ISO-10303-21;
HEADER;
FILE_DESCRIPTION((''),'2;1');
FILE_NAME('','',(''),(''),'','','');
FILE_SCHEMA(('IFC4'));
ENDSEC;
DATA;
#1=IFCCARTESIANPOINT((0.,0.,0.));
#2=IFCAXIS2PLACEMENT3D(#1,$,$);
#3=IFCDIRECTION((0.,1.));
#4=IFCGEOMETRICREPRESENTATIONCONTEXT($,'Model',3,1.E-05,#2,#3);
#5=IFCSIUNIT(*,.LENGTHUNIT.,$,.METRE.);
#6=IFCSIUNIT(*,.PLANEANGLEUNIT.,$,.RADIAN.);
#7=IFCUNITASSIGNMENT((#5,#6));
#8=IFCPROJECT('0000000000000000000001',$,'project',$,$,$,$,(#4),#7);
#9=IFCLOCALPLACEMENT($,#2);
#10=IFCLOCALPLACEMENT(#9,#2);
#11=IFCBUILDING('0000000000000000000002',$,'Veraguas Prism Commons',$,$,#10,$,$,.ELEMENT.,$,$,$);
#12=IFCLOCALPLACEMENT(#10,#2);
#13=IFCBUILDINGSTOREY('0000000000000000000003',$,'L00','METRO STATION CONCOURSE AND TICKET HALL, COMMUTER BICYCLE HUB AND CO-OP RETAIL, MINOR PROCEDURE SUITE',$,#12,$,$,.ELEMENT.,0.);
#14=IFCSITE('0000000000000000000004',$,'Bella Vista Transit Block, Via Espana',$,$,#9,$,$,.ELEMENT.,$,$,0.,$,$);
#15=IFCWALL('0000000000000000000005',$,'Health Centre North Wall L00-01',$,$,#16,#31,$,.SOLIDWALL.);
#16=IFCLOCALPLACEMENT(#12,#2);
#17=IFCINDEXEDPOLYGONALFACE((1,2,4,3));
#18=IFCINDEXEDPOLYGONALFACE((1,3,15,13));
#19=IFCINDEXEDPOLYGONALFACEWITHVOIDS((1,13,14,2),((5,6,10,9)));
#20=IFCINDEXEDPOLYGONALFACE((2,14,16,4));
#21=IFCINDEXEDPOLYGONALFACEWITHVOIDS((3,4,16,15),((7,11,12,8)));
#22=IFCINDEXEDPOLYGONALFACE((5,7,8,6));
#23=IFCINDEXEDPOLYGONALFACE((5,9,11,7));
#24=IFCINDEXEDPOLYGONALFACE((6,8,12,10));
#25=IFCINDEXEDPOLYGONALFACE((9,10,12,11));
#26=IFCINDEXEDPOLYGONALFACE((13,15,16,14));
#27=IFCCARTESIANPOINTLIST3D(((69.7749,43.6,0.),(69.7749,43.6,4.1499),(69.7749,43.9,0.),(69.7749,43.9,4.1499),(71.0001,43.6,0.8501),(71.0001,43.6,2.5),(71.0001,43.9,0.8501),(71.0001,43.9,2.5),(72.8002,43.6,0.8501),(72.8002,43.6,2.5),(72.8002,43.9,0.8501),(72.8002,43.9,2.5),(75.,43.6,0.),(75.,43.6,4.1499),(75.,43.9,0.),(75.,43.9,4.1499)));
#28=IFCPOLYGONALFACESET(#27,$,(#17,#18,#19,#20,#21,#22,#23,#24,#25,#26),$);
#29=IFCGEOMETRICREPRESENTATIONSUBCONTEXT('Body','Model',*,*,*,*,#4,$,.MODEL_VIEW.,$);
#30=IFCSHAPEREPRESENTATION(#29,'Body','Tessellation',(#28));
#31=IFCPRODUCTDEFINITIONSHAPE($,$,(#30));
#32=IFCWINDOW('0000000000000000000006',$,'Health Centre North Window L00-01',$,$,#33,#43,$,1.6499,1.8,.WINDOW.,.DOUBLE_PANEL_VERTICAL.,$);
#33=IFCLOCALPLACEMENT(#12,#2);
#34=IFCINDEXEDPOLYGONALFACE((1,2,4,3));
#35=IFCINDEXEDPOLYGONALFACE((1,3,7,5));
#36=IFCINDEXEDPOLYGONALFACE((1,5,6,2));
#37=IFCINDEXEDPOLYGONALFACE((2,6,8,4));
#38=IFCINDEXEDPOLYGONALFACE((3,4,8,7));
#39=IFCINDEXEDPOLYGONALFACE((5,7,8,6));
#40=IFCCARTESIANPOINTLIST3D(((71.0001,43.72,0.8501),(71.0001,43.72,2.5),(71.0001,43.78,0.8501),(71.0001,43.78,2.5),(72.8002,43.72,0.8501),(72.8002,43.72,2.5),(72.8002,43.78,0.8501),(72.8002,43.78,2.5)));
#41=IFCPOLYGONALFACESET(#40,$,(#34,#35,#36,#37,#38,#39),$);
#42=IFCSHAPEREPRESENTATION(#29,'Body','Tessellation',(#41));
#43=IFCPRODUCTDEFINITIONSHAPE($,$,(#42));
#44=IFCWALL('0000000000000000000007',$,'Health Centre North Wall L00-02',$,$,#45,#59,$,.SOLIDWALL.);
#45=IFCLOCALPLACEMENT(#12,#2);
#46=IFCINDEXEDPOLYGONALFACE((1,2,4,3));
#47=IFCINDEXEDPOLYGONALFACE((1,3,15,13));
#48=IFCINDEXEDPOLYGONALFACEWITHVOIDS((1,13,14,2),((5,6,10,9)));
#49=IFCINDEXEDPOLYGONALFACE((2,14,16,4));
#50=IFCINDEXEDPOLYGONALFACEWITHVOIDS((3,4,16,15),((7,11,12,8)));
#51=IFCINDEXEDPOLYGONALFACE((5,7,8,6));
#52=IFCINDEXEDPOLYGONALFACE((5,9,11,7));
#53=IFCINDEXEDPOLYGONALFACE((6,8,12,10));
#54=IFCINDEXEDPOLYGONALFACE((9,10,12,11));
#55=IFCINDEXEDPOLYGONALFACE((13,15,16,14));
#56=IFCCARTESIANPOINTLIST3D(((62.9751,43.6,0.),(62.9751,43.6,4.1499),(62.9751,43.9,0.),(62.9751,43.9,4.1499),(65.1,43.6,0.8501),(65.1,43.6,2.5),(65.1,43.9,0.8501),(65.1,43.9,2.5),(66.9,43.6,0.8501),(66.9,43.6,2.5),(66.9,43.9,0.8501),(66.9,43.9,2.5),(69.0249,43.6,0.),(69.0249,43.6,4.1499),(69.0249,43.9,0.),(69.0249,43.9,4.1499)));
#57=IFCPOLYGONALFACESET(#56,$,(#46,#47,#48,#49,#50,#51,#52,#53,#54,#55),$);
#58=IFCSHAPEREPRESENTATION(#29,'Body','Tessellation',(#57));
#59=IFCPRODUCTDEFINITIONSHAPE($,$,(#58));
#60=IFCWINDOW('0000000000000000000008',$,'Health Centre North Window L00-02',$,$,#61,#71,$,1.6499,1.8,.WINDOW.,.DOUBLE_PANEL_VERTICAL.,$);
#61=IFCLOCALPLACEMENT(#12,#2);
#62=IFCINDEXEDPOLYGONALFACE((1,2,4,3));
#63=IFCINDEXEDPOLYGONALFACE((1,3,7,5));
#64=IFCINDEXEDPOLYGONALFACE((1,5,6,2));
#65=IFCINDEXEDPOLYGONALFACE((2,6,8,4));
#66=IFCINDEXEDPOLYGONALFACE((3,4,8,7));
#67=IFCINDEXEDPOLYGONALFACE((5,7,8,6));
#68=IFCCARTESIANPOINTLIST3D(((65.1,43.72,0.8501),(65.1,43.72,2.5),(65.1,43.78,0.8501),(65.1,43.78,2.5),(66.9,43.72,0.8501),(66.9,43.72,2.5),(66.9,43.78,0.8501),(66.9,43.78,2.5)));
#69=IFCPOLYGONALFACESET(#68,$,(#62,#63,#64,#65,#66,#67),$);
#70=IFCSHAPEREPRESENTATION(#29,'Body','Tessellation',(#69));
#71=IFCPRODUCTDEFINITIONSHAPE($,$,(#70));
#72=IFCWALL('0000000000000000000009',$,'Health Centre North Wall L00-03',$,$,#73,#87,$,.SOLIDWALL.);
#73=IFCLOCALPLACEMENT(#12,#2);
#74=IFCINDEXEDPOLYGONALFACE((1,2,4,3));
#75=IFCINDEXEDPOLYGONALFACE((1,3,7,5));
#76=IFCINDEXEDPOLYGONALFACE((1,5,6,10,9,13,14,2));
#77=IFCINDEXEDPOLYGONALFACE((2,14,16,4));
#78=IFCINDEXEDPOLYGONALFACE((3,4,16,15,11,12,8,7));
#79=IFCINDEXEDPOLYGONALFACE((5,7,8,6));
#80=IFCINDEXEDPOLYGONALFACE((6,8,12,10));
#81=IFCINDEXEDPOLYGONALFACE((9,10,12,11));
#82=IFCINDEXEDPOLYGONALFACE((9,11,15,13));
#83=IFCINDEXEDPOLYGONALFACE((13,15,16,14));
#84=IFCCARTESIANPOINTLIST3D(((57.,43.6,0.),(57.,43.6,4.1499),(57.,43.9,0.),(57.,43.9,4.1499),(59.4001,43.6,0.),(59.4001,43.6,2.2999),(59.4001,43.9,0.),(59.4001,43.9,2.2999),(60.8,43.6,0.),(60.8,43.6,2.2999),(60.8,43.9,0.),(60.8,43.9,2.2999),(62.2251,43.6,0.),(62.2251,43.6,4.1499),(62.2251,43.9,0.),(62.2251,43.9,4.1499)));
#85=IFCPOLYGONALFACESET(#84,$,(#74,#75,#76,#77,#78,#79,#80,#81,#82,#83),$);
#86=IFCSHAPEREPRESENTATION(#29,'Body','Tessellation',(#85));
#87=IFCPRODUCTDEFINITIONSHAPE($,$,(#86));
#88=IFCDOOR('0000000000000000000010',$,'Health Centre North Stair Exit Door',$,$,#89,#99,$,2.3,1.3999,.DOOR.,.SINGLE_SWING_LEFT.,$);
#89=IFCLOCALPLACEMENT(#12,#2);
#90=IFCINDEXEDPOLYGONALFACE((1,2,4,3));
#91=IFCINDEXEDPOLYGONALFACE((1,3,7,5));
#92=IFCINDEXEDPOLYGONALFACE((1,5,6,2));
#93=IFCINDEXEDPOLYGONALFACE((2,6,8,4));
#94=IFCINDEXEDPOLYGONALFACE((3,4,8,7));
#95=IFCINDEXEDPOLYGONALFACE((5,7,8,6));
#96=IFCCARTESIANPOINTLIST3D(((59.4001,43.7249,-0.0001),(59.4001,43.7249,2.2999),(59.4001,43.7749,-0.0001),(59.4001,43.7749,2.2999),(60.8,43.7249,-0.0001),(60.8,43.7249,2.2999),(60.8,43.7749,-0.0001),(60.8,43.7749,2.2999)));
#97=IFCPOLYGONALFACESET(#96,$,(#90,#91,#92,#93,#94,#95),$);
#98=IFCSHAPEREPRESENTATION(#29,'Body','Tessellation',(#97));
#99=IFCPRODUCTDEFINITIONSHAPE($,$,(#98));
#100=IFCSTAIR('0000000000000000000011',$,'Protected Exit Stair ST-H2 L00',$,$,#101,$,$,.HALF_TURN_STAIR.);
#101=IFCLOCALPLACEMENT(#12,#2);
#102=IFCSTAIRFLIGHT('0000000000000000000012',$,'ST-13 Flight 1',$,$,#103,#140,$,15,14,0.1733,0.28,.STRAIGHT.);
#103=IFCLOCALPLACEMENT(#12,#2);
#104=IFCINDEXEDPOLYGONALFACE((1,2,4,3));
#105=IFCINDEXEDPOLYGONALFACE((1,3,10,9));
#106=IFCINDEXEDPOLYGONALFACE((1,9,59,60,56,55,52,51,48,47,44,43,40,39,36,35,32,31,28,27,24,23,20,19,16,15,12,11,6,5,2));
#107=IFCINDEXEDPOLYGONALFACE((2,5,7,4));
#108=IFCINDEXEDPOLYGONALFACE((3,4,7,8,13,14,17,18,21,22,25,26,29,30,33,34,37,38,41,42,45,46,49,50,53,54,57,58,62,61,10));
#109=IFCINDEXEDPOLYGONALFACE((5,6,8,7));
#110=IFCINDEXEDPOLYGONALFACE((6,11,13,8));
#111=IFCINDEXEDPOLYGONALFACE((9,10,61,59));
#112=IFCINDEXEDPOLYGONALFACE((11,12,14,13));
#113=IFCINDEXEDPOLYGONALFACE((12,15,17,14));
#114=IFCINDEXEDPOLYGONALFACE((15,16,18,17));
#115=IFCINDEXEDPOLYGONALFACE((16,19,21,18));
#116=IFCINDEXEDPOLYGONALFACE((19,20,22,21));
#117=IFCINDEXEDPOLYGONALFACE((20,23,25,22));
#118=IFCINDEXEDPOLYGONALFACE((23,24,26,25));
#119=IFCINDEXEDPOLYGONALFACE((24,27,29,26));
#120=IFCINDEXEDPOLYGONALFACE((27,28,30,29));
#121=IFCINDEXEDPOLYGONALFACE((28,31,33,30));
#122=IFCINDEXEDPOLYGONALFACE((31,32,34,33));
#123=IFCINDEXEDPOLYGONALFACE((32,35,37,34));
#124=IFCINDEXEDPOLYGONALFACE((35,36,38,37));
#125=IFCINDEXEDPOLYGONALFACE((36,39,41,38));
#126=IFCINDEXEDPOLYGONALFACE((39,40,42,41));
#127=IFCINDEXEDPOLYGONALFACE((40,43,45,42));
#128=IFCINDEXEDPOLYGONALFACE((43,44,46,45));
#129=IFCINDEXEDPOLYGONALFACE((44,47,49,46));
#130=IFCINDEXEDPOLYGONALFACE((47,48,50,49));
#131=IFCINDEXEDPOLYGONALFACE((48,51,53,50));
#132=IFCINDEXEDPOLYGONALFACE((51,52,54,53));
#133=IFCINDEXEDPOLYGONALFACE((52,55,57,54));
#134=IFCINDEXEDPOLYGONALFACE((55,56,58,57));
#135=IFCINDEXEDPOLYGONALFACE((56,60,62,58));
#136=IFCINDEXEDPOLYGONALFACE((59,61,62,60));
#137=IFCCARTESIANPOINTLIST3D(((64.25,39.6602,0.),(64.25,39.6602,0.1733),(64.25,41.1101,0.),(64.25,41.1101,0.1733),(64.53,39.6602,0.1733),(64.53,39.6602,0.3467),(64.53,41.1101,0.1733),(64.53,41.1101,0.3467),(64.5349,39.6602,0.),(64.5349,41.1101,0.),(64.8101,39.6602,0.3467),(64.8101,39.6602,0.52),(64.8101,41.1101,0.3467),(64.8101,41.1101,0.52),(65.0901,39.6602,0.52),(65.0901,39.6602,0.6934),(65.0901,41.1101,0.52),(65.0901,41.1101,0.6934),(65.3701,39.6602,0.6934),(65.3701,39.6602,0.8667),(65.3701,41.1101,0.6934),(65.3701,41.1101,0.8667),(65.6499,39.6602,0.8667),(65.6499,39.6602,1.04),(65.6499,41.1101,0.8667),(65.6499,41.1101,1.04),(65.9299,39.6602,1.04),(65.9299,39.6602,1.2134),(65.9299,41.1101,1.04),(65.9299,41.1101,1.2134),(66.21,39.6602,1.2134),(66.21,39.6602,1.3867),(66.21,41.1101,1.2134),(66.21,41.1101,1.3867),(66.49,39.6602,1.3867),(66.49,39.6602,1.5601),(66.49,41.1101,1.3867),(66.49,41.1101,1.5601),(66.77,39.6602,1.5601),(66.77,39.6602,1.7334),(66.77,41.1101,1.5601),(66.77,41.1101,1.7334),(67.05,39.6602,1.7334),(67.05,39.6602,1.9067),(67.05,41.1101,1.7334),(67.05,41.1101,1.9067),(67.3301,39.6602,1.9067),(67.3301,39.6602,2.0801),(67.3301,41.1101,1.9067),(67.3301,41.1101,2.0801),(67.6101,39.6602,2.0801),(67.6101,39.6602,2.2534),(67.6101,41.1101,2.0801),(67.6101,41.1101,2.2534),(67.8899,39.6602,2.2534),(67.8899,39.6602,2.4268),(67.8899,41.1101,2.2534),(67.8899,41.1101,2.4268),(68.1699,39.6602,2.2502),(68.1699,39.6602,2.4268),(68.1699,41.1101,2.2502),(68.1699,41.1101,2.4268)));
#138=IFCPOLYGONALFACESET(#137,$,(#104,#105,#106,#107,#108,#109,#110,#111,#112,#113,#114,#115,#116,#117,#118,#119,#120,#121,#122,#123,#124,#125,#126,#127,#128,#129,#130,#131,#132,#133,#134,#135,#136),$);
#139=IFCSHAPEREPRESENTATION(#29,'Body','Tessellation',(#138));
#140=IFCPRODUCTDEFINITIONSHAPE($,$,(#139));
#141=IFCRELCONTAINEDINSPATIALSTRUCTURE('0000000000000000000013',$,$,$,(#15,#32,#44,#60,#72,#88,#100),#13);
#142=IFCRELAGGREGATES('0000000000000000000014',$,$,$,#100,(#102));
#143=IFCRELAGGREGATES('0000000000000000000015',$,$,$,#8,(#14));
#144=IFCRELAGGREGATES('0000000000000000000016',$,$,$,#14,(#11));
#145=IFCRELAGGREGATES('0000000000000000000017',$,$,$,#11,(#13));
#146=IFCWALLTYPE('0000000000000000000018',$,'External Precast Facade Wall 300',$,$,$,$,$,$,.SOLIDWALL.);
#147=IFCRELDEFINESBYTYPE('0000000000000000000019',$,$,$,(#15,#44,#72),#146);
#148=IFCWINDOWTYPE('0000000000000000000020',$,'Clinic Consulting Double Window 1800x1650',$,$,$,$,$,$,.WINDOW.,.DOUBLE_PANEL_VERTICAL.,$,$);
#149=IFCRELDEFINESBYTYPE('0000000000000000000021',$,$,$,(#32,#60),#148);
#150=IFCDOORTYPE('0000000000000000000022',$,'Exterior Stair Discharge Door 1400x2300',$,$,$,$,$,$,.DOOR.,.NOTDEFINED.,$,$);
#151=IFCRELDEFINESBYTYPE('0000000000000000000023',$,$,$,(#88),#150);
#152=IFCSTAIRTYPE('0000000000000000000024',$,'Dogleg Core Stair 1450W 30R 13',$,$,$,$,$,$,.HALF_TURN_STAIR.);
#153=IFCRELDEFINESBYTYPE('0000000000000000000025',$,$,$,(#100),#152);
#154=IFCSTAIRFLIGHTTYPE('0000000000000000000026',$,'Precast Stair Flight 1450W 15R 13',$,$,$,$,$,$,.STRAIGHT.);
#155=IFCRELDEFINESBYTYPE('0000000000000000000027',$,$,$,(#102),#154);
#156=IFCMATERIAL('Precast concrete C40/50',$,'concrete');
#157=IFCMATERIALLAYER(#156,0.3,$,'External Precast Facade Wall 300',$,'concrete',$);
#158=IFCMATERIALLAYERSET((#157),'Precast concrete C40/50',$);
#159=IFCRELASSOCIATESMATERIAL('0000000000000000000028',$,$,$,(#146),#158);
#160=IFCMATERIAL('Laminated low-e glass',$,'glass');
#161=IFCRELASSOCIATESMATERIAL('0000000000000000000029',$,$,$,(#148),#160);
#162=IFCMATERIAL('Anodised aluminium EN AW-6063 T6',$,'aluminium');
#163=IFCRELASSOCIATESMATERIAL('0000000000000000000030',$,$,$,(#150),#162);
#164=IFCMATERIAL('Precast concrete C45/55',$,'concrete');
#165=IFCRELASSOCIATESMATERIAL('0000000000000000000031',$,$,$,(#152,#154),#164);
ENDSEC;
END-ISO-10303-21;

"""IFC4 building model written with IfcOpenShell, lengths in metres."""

from ifc_helpers import new_model, si_unit, direction, frame, frame_2d, origin, place, context, subcontext, project, spatial, polyline, rectangle, outline, extrude, source, transform, mapped, material, layer, layer_set, type_object, element, fill, aggregate, save


model = new_model("IFC4")

# Units and contexts
model_context = context("Model", 3, precision=1e-05, world=origin(), true_north=direction((0.0, 1.0)))
body_context = subcontext(model_context, "Body", "Model", "MODEL_VIEW")
ifc_project = project(units=[si_unit("LENGTHUNIT", "METRE"), si_unit("PLANEANGLEUNIT", "RADIAN")], contexts=[model_context])

# Site, building, storey
site_placement = place(None, origin())
site = spatial("IfcSite", under=ifc_project, at=site_placement, Name="Bella Vista Transit Block, Via Espana", CompositionType="ELEMENT", RefElevation=0.0)
building_placement = place(site_placement, origin())
building = spatial("IfcBuilding", under=site, at=building_placement, Name="Veraguas Prism Commons", CompositionType="ELEMENT")
storey_placement = place(building_placement, origin())
storey = spatial("IfcBuildingStorey", under=building, at=storey_placement, Name="L00", Description="METRO STATION CONCOURSE AND TICKET HALL, COMMUTER BICYCLE HUB AND CO-OP RETAIL, MINOR PROCEDURE SUITE", CompositionType="ELEMENT", Elevation=0.0)

# Walls, openings, windows
ifc_material_1 = material(Name="Precast concrete C40/50", Category="concrete")
ifc_layer_1 = layer(ifc_material_1, 0.3, Name="External Precast Facade Wall 300", Category="concrete")
ifc_layer_set_1 = layer_set([ifc_layer_1], Name="Precast concrete C40/50")
wall_type_1 = type_object("IfcWallType", Name="External Precast Facade Wall 300", PredefinedType="SOLIDWALL", material=ifc_layer_set_1)
wall_1_placement = place(storey_placement, frame((75.0, 43.75, 0.0), z_axis=(0.0, 0.0, 1.0), x_axis=(-1.0, 0.0, 0.0)))
wall_1 = element("IfcWall", 1, at=wall_1_placement, inside=storey, type_object=wall_type_1, Name="Health Centre North Wall L00-01", PredefinedType="SOLIDWALL", context=body_context, shape_type="SweptSolid", body=[
    extrude(rectangle(XDim=5.2251, YDim=0.3, at=frame_2d((2.6125, 0.0))), origin(), (0.0, 0.0, 1.0), 4.1499),
])
opening_1_placement = place(wall_1_placement, frame((2.2, 0.0, 0.8501)))
opening_1 = element("IfcOpeningElement", 2, at=opening_1_placement, cuts=wall_1, PredefinedType="OPENING", context=body_context, shape_type="SweptSolid", body=[
    extrude(rectangle(XDim=1.8, YDim=1.6499, at=frame_2d((0.8999, 0.825))), frame((0.0, 0.1599, 0.0), z_axis=(0.0, -1.0, 0.0), x_axis=(1.0, 0.0, 0.0)), (0.0, 0.0, 1.0), 0.3201),
])
ifc_material_2 = material(Name="Laminated low-e glass", Category="glass")
window_type = type_object("IfcWindowType", Name="Clinic Consulting Double Window 1800x1650", PartitioningType="DOUBLE_PANEL_VERTICAL", PredefinedType="WINDOW", material=ifc_material_2)
shared_shape_1 = source(origin(), body_context, "Body", "SweptSolid", [
    extrude(rectangle(XDim=1.8, YDim=1.6499, at=frame_2d((0.8999, 0.825))), frame((0.0, 0.03, 0.0), z_axis=(0.0, -1.0, 0.0), x_axis=(1.0, 0.0, 0.0)), (0.0, 0.0, 1.0), 0.0601),
])
window_1_placement = place(opening_1_placement, origin())
window_1 = element("IfcWindow", 3, at=window_1_placement, inside=storey, type_object=window_type, Name="Health Centre North Window L00-01", OverallHeight=1.6499, OverallWidth=1.8, PartitioningType="DOUBLE_PANEL_VERTICAL", PredefinedType="WINDOW", context=body_context, shape_type="MappedRepresentation", body=[
    mapped(shared_shape_1, transform((0.0, 0.0, 0.0), scale=1.0)),
])
fill(opening_1, window_1)
wall_2_placement = place(storey_placement, frame((69.0249, 43.75, 0.0), z_axis=(0.0, 0.0, 1.0), x_axis=(-1.0, 0.0, 0.0)))
wall_2 = element("IfcWall", 4, at=wall_2_placement, inside=storey, type_object=wall_type_1, Name="Health Centre North Wall L00-02", PredefinedType="SOLIDWALL", context=body_context, shape_type="SweptSolid", body=[
    extrude(rectangle(XDim=6.0498, YDim=0.3, at=frame_2d((3.0249, 0.0))), origin(), (0.0, 0.0, 1.0), 4.1499),
])
opening_2_placement = place(wall_2_placement, frame((2.125, 0.0, 0.8501)))
opening_2 = element("IfcOpeningElement", 5, at=opening_2_placement, cuts=wall_2, PredefinedType="OPENING", context=body_context, shape_type="SweptSolid", body=[
    extrude(rectangle(XDim=1.8, YDim=1.6499, at=frame_2d((0.8999, 0.825))), frame((0.0, 0.1599, 0.0), z_axis=(0.0, -1.0, 0.0), x_axis=(1.0, 0.0, 0.0)), (0.0, 0.0, 1.0), 0.3201),
])
window_2_placement = place(opening_2_placement, origin())
window_2 = element("IfcWindow", 6, at=window_2_placement, inside=storey, type_object=window_type, Name="Health Centre North Window L00-02", OverallHeight=1.6499, OverallWidth=1.8, PartitioningType="DOUBLE_PANEL_VERTICAL", PredefinedType="WINDOW", context=body_context, shape_type="MappedRepresentation", body=[
    mapped(shared_shape_1, transform((0.0, 0.0, 0.0), scale=1.0)),
])
fill(opening_2, window_2)

# Wall, opening, door
wall_3_placement = place(storey_placement, frame((62.2251, 43.75, 0.0), z_axis=(0.0, 0.0, 1.0), x_axis=(-1.0, 0.0, 0.0)))
wall_3 = element("IfcWall", 7, at=wall_3_placement, inside=storey, type_object=wall_type_1, Name="Health Centre North Wall L00-03", PredefinedType="SOLIDWALL", context=body_context, shape_type="SweptSolid", body=[
    extrude(rectangle(XDim=5.2251, YDim=0.3, at=frame_2d((2.6125, 0.0))), origin(), (0.0, 0.0, 1.0), 4.1499),
])
opening_3_placement = place(wall_3_placement, frame((1.425, 0.0, 0.0)))
opening_3 = element("IfcOpeningElement", 8, at=opening_3_placement, cuts=wall_3, PredefinedType="OPENING", context=body_context, shape_type="SweptSolid", body=[
    extrude(rectangle(XDim=1.3999, YDim=2.3, at=frame_2d((0.7, 1.1499))), frame((0.0, 0.1599, 0.0), z_axis=(0.0, -1.0, 0.0), x_axis=(1.0, 0.0, 0.0)), (0.0, 0.0, 1.0), 0.3201),
])
ifc_material_3 = material(Name="Anodised aluminium EN AW-6063 T6", Category="aluminium")
door_type_1 = type_object("IfcDoorType", Name="Exterior Stair Discharge Door 1400x2300", OperationType="NOTDEFINED", PredefinedType="DOOR", material=ifc_material_3)
shared_shape_2 = source(origin(), body_context, "Body", "SweptSolid", [
    extrude(rectangle(XDim=1.3999, YDim=2.3, at=frame_2d((0.7, 1.1499))), frame((0.0, 0.0249, 0.0), z_axis=(0.0, -1.0, 0.0), x_axis=(1.0, 0.0, 0.0)), (0.0, 0.0, 1.0), 0.05),
])
door_1_placement = place(opening_3_placement, frame((1.3999, 0.0, 0.0), z_axis=(0.0, 0.0, 1.0), x_axis=(-1.0, 0.0, 0.0)))
door_1 = element("IfcDoor", 9, at=door_1_placement, inside=storey, type_object=door_type_1, Name="Health Centre North Stair Exit Door", OperationType="SINGLE_SWING_LEFT", OverallHeight=2.3, OverallWidth=1.3999, PredefinedType="DOOR", context=body_context, shape_type="MappedRepresentation", body=[
    mapped(shared_shape_2, transform((0.0, 0.0, 0.0), scale=1.0)),
])
fill(opening_3, door_1)

# Stair, stair flight
ifc_material_4 = material(Name="Precast concrete C45/55", Category="concrete")
stair_type = type_object("IfcStairType", Name="Dogleg Core Stair 1450W 30R 13", PredefinedType="HALF_TURN_STAIR", material=ifc_material_4)
stair_placement = place(storey_placement, origin())
stair = element("IfcStair", 10, at=stair_placement, inside=storey, type_object=stair_type, Name="Protected Exit Stair ST-H2 L00", PredefinedType="HALF_TURN_STAIR")
stair_flight_type = type_object("IfcStairFlightType", Name="Precast Stair Flight 1450W 15R 13", PredefinedType="STRAIGHT", material=ifc_material_4)
stair_flight_1_placement = place(storey_placement, frame((64.25, 40.385, 0.0), z_axis=(0.0, 0.0, 1.0), x_axis=(1.0, 0.0, 0.0)))
stair_flight_1 = element("IfcStairFlight", 11, at=stair_flight_1_placement, type_object=stair_flight_type, Name="ST-13 Flight 1", NumberOfRisers=15, NumberOfTreads=14, PredefinedType="STRAIGHT", RiserHeight=0.1733, TreadLength=0.28, context=body_context, shape_type="SweptSolid", body=[
    extrude(outline(polyline([(0.0, 0.0), (0.0, 0.1733), (0.28, 0.1733), (0.28, 0.3467), (0.5601, 0.3467), (0.5601, 0.52), (0.8401, 0.52), (0.8401, 0.6934), (1.1201, 0.6934), (1.1201, 0.8667), (1.3999, 0.8667), (1.3999, 1.04), (1.6799, 1.04), (1.6799, 1.2134), (1.96, 1.2134), (1.96, 1.3867), (2.24, 1.3867), (2.24, 1.5601), (2.52, 1.5601), (2.52, 1.7334), (2.8, 1.7334), (2.8, 1.9067), (3.0801, 1.9067), (3.0801, 2.0801), (3.3601, 2.0801), (3.3601, 2.2534), (3.6399, 2.2534), (3.6399, 2.4268), (3.9199, 2.4268), (3.9199, 2.6001), (3.9199, 2.2502), (0.2849, 0.0), (0.0, 0.0)])), frame((0.0, 0.7251, 0.0), z_axis=(0.0, -1.0, 0.0), x_axis=(1.0, 0.0, 0.0)), (0.0, 0.0, 1.0), 1.45),
])
aggregate(stair, [stair_flight_1])

save(model, "model.ifc")
